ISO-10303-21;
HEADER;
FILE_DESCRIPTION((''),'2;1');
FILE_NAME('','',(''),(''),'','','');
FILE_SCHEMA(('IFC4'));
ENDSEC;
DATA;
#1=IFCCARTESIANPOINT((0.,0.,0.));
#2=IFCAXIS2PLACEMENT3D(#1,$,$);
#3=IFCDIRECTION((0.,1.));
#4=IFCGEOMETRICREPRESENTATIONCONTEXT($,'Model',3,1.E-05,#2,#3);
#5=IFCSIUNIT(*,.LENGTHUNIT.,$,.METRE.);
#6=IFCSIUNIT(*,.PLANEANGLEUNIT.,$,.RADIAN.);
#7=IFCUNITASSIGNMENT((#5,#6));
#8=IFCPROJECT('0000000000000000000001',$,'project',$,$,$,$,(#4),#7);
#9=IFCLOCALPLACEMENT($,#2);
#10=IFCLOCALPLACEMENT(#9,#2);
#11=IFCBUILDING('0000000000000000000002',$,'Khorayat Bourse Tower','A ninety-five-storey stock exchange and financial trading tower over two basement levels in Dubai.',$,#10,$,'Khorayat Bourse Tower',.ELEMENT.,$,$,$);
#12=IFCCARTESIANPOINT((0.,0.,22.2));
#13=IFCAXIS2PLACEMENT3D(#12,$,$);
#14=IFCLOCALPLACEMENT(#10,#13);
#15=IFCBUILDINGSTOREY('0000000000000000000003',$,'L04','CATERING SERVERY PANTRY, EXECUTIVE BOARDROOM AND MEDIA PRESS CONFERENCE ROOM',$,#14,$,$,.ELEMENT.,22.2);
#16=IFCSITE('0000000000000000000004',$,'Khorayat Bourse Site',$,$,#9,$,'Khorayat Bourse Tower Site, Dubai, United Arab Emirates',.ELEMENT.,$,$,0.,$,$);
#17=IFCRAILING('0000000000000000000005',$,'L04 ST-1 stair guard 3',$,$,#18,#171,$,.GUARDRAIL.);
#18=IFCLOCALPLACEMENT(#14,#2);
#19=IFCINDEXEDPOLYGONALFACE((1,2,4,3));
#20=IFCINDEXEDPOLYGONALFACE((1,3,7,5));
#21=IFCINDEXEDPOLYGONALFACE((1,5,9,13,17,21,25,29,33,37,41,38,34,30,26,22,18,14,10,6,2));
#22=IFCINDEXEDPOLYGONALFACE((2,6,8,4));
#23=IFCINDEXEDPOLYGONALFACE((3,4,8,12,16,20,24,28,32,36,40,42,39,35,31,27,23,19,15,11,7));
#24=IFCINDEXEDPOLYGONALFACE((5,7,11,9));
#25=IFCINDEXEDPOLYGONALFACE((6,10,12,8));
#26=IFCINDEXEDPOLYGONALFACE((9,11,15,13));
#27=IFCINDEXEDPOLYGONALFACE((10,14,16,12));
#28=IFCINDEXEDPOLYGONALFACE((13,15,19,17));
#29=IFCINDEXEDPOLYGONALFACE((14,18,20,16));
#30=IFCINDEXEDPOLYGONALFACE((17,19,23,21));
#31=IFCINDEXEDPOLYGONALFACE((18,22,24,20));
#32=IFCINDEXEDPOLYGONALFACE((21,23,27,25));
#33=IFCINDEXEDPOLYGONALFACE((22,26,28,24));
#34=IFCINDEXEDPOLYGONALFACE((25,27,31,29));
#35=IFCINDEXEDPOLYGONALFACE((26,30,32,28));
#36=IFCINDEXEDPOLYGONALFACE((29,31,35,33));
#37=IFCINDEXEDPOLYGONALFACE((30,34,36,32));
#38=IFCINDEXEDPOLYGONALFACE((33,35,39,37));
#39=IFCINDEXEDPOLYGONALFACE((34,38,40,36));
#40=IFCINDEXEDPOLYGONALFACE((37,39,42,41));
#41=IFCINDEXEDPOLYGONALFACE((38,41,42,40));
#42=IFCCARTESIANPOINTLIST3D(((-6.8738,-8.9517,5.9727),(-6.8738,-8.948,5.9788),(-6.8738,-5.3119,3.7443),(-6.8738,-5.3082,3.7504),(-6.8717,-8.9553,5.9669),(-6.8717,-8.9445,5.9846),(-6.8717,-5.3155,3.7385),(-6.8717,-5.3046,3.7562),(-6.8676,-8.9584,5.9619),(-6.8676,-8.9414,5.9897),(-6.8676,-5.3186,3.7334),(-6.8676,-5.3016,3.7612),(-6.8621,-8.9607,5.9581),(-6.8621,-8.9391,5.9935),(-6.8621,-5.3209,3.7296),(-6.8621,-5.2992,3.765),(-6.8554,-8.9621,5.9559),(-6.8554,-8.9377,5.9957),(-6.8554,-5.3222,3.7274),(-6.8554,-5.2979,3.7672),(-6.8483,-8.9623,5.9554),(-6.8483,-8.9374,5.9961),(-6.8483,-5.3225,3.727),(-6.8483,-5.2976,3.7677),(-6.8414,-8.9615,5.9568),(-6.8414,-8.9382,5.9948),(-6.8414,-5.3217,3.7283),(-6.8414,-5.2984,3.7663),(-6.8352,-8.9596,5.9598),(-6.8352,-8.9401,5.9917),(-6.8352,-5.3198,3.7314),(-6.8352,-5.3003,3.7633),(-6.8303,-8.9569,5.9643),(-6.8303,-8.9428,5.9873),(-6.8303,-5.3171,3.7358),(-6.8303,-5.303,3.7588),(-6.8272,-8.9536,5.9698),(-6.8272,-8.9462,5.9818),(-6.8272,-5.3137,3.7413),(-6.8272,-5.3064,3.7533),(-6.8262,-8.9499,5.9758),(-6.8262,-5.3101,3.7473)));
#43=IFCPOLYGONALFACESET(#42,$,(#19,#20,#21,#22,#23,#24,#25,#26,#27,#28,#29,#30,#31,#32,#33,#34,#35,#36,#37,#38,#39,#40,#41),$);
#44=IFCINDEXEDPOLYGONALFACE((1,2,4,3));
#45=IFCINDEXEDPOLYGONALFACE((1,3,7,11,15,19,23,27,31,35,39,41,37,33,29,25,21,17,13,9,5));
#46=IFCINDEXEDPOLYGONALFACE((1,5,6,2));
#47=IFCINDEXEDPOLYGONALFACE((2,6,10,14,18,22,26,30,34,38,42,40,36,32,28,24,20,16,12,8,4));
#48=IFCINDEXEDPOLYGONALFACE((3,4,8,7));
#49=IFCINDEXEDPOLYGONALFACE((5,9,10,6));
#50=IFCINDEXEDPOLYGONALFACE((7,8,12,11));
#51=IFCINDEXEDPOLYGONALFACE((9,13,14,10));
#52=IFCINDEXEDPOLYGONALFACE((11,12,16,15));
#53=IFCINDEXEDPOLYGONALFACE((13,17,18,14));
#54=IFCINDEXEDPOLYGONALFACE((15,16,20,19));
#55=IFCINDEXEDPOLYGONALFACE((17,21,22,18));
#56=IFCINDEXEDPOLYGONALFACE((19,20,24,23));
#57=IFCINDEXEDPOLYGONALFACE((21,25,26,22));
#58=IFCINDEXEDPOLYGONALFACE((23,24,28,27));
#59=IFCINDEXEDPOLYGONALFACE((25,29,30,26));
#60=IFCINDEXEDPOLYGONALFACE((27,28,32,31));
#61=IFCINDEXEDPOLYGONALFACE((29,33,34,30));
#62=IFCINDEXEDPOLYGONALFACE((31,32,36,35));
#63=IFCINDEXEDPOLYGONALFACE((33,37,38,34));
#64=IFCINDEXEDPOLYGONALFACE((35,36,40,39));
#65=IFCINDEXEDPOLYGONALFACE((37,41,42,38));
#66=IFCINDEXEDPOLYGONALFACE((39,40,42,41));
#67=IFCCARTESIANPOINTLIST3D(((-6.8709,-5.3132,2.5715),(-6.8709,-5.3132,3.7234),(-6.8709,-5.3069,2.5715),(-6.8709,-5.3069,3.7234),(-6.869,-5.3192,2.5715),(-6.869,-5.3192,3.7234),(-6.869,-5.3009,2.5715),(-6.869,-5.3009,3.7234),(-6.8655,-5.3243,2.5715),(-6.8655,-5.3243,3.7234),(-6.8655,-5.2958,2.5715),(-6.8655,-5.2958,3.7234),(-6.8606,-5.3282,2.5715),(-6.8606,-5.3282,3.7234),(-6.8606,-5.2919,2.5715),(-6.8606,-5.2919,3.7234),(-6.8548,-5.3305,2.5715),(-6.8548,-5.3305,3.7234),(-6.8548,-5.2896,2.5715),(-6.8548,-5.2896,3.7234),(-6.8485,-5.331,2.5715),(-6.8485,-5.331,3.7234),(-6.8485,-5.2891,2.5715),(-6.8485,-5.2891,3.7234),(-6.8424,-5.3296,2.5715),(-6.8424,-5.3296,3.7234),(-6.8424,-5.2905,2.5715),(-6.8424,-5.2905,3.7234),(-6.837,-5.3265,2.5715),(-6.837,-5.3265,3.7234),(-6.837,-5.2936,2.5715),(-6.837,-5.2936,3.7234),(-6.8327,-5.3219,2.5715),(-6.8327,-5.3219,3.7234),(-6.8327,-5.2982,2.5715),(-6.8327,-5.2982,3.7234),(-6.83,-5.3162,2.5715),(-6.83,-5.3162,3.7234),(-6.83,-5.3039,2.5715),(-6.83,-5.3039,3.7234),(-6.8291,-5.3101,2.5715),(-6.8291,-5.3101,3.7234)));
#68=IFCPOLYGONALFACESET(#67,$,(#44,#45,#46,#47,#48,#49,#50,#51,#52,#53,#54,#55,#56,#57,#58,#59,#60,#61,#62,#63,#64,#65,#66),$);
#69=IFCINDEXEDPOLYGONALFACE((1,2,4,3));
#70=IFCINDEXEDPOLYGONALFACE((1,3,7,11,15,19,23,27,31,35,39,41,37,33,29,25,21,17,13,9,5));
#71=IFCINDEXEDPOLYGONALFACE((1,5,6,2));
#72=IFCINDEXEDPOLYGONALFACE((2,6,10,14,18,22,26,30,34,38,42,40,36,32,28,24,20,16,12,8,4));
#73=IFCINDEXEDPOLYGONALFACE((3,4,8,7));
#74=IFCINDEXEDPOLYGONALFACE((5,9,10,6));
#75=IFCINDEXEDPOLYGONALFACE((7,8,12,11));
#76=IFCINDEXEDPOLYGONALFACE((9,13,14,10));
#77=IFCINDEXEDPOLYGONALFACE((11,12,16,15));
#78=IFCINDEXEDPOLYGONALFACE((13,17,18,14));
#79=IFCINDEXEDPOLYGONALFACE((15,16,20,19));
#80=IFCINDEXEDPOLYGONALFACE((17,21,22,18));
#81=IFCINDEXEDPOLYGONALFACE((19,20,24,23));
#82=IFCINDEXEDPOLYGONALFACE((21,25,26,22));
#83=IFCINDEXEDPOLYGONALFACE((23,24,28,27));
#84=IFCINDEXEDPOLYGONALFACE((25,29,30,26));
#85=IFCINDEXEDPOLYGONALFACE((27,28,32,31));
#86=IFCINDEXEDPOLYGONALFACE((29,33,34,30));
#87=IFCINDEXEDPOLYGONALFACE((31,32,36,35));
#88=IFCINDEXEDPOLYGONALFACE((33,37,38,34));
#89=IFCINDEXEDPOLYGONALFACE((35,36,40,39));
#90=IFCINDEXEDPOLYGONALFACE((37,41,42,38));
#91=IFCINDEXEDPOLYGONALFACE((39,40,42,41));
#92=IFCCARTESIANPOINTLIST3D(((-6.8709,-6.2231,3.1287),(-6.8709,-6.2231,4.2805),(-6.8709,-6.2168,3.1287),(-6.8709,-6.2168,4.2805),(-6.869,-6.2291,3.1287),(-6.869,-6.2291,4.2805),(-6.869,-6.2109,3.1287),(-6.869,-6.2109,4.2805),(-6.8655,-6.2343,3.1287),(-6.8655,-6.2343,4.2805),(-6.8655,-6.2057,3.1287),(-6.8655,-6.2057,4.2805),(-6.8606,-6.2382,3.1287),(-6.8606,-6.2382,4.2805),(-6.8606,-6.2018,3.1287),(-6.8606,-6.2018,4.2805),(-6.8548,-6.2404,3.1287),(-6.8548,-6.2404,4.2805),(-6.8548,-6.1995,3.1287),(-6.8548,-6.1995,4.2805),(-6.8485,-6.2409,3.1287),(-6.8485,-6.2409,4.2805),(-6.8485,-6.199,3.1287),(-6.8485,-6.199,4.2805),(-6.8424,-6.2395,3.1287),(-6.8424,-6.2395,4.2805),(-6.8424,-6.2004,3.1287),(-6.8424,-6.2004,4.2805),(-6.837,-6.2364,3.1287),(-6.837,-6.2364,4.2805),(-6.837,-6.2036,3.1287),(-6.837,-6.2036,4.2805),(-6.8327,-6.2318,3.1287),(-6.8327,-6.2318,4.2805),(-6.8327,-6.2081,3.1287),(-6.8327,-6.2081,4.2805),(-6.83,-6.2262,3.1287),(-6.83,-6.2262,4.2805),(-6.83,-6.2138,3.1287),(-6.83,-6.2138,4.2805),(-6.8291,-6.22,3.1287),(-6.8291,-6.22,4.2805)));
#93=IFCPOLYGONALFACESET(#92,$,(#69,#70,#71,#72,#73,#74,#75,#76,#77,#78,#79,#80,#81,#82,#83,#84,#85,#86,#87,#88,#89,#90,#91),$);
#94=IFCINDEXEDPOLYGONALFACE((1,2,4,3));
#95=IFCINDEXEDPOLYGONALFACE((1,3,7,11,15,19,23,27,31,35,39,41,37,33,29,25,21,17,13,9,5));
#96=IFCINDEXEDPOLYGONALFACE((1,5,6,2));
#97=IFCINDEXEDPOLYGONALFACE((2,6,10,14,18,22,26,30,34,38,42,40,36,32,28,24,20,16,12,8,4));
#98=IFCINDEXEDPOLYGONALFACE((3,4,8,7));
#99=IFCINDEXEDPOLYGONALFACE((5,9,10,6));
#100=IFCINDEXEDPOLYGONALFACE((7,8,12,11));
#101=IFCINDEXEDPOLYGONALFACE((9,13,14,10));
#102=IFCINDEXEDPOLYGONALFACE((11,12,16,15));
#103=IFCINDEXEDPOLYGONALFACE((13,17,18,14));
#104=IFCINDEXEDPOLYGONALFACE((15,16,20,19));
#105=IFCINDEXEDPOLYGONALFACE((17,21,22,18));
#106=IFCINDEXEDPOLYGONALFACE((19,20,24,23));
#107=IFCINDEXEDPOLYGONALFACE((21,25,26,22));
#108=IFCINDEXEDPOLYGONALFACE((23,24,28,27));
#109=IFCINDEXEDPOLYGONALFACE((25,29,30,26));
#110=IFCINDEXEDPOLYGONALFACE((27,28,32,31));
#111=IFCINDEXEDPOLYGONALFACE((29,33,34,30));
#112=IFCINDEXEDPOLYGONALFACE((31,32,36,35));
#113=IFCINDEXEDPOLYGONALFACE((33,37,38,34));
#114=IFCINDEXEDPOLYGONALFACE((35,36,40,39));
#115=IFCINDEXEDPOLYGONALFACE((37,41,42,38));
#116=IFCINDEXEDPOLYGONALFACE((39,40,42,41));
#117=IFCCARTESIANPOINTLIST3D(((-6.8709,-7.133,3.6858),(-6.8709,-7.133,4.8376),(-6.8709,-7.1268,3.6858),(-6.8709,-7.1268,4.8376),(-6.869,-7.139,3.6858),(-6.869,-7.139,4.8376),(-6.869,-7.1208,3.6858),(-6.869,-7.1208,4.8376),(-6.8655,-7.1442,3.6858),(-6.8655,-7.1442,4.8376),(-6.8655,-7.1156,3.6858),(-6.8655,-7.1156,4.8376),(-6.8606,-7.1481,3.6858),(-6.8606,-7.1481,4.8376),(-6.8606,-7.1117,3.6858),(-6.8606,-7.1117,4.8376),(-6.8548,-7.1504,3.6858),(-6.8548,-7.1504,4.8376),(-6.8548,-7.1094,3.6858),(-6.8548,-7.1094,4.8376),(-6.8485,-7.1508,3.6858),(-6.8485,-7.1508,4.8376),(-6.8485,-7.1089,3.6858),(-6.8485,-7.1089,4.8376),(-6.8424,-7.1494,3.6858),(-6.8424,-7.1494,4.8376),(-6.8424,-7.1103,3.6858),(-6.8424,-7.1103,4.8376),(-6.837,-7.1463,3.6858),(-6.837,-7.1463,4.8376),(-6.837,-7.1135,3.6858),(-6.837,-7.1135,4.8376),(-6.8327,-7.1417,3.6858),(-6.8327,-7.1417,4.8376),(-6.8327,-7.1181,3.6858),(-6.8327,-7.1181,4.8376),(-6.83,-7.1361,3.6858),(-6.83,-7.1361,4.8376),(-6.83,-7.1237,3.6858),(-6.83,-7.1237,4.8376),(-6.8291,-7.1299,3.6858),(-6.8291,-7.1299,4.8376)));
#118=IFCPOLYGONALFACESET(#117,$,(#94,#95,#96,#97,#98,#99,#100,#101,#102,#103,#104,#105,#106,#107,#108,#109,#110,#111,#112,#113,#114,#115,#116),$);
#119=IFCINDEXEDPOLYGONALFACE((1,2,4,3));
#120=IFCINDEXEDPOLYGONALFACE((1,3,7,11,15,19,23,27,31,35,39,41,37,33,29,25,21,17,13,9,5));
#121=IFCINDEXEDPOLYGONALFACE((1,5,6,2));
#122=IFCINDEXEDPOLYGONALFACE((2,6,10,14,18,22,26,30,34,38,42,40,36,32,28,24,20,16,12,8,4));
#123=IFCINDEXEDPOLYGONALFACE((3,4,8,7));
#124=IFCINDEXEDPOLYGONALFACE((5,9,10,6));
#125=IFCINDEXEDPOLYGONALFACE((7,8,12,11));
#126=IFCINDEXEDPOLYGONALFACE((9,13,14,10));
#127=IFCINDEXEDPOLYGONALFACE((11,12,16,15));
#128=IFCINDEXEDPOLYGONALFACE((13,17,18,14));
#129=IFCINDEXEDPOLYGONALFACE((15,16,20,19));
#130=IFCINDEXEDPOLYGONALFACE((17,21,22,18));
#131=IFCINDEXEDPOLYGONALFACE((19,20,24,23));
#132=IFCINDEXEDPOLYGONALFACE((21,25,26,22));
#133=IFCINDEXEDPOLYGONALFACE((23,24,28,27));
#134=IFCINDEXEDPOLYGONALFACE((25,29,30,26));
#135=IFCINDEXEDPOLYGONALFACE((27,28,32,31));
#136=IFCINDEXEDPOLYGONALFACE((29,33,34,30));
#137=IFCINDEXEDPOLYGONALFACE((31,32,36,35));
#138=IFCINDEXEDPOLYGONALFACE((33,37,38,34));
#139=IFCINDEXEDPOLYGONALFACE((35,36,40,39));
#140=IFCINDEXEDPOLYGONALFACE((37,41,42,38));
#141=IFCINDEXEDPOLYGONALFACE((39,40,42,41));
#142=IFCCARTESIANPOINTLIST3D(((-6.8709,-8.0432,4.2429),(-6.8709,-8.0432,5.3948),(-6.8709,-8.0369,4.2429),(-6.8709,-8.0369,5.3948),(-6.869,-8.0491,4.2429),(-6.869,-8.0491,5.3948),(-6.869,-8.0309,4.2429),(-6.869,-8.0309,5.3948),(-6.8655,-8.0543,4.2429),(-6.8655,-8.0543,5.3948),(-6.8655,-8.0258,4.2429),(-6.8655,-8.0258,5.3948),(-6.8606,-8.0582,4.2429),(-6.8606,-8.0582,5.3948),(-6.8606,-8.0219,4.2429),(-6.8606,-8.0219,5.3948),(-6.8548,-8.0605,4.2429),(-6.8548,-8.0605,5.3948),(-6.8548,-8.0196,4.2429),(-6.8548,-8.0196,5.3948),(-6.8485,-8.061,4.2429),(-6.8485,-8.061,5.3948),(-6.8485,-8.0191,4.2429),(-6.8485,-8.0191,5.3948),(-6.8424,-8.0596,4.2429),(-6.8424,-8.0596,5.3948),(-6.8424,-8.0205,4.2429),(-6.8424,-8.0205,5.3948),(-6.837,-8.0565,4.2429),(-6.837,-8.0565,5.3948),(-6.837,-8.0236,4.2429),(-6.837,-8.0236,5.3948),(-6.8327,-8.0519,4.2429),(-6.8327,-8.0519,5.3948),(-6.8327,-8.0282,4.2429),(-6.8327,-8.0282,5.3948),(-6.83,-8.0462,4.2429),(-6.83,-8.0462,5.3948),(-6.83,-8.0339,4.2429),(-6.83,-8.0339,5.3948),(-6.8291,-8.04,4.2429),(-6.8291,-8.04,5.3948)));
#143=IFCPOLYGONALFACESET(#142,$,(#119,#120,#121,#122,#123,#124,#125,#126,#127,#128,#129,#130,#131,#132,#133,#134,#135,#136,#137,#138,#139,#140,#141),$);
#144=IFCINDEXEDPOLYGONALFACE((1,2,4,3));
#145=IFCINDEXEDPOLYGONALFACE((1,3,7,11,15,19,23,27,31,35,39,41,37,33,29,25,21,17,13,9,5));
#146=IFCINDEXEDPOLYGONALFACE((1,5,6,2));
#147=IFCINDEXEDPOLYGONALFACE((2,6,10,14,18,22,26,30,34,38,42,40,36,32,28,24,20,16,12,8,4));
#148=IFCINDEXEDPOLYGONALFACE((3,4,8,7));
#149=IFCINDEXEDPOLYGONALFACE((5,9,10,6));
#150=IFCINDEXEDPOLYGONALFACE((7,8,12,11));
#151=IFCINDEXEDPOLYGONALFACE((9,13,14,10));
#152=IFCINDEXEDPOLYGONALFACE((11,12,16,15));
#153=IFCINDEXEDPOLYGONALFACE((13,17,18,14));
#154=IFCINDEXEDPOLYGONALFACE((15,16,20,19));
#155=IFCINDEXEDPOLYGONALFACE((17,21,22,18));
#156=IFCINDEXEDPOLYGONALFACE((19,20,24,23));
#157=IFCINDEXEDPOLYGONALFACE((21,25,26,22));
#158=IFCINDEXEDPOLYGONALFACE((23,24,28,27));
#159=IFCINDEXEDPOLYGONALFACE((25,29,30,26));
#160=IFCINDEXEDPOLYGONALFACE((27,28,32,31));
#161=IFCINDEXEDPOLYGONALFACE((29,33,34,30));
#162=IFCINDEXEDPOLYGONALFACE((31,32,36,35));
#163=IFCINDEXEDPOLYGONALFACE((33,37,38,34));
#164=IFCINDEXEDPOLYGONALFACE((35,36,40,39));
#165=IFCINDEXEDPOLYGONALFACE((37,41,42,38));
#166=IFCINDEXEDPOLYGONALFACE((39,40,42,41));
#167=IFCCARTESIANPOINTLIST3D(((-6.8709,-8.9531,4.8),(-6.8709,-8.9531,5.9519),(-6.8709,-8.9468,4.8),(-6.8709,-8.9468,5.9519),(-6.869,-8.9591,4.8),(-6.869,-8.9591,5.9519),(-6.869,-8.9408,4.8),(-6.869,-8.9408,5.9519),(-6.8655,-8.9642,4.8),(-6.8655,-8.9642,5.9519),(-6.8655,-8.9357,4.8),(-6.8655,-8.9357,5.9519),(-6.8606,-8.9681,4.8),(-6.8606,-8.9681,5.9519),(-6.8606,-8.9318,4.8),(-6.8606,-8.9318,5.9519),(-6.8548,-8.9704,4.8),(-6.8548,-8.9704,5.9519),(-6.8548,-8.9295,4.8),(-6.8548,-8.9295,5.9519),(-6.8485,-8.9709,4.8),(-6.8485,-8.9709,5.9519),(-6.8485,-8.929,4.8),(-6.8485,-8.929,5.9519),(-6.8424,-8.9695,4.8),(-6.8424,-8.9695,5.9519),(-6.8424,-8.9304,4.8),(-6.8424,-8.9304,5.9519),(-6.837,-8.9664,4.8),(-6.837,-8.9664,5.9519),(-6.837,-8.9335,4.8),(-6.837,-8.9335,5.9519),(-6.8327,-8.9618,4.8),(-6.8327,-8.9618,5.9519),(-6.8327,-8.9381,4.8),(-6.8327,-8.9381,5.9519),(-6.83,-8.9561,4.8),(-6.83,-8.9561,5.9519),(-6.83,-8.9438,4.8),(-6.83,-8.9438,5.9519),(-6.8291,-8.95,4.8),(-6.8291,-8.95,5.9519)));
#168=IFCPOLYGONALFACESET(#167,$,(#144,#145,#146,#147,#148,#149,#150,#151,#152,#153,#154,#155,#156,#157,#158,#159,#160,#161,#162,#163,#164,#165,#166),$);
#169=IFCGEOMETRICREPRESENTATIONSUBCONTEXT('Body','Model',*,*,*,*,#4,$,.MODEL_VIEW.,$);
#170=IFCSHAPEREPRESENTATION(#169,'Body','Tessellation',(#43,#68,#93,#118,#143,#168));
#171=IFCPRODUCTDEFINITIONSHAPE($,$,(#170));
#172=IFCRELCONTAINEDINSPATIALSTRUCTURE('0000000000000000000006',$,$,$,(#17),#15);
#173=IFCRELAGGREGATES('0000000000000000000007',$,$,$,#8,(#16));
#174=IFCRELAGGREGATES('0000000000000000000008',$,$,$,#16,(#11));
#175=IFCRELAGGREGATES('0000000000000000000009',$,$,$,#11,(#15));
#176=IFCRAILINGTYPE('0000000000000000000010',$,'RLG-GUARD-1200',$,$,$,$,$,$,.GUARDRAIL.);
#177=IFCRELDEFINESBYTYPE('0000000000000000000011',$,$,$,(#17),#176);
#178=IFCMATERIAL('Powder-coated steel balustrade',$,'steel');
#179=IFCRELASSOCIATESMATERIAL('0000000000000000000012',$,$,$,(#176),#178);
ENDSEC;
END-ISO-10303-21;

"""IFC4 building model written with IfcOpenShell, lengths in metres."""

from ifc_helpers import new_model, si_unit, direction, frame, origin, origin_2d, place, context, subcontext, project, spatial, circle, extrude, source, transform, mapped, material, type_object, element, save


model = new_model("IFC4")

# Units and contexts
model_context = context("Model", 3, precision=1e-05, world=origin(), true_north=direction((0.0, 1.0)))
body_context = subcontext(model_context, "Body", "Model", "MODEL_VIEW")
ifc_project = project(units=[si_unit("LENGTHUNIT", "METRE"), si_unit("PLANEANGLEUNIT", "RADIAN")], contexts=[model_context])

# Site, building, storey
site_placement = place(None, origin())
site = spatial("IfcSite", under=ifc_project, at=site_placement, Name="Khorayat Bourse Site", LongName="Khorayat Bourse Tower Site, Dubai, United Arab Emirates", CompositionType="ELEMENT", RefElevation=0.0)
building_placement = place(site_placement, origin())
building = spatial("IfcBuilding", under=site, at=building_placement, Name="Khorayat Bourse Tower", Description="A ninety-five-storey stock exchange and financial trading tower over two basement levels in Dubai.", LongName="Khorayat Bourse Tower", CompositionType="ELEMENT")
storey_placement = place(building_placement, frame((0.0, 0.0, 22.2)))
storey = spatial("IfcBuildingStorey", under=building, at=storey_placement, Name="L04", Description="CATERING SERVERY PANTRY, EXECUTIVE BOARDROOM AND MEDIA PRESS CONFERENCE ROOM", CompositionType="ELEMENT", Elevation=22.2)

# Railing
ifc_material_1 = material(Name="Powder-coated steel balustrade", Category="steel")
railing_type_1 = type_object("IfcRailingType", Name="RLG-GUARD-1200", PredefinedType="GUARDRAIL", material=ifc_material_1)
shared_shape_1 = source(origin(), body_context, "Body", "SweptSolid", [
    extrude(circle(Radius=0.0239, at=origin_2d()), frame((0.0, 0.0, 1.1758), z_axis=(0.0, -0.85285, 0.522156), x_axis=(1.0, 0.0, 0.0)), (0.0, 0.0, 1.0), 4.2678),
    extrude(circle(Radius=0.021, at=origin_2d()), origin(), (0.0, 0.0, 1.0), 1.1519),
    extrude(circle(Radius=0.021, at=origin_2d()), frame((0.0, -0.9099, 0.5571)), (0.0, 0.0, 1.0), 1.1519),
    extrude(circle(Radius=0.021, at=origin_2d()), frame((0.0, -1.8198, 1.1143)), (0.0, 0.0, 1.0), 1.1519),
    extrude(circle(Radius=0.021, at=origin_2d()), frame((0.0, -2.73, 1.6714)), (0.0, 0.0, 1.0), 1.1519),
    extrude(circle(Radius=0.021, at=origin_2d()), frame((0.0, -3.6399, 2.2285)), (0.0, 0.0, 1.0), 1.1519),
])
railing_1_placement = place(storey_placement, frame((-6.8501, -5.3101, 2.5715)))
element("IfcRailing", 1, at=railing_1_placement, inside=storey, type_object=railing_type_1, Name="L04 ST-1 stair guard 3", PredefinedType="GUARDRAIL", context=body_context, shape_type="MappedRepresentation", body=[
    mapped(shared_shape_1, transform((0.0, 0.0, 0.0), scale=1.0)),
])

save(model, "model.ifc")
